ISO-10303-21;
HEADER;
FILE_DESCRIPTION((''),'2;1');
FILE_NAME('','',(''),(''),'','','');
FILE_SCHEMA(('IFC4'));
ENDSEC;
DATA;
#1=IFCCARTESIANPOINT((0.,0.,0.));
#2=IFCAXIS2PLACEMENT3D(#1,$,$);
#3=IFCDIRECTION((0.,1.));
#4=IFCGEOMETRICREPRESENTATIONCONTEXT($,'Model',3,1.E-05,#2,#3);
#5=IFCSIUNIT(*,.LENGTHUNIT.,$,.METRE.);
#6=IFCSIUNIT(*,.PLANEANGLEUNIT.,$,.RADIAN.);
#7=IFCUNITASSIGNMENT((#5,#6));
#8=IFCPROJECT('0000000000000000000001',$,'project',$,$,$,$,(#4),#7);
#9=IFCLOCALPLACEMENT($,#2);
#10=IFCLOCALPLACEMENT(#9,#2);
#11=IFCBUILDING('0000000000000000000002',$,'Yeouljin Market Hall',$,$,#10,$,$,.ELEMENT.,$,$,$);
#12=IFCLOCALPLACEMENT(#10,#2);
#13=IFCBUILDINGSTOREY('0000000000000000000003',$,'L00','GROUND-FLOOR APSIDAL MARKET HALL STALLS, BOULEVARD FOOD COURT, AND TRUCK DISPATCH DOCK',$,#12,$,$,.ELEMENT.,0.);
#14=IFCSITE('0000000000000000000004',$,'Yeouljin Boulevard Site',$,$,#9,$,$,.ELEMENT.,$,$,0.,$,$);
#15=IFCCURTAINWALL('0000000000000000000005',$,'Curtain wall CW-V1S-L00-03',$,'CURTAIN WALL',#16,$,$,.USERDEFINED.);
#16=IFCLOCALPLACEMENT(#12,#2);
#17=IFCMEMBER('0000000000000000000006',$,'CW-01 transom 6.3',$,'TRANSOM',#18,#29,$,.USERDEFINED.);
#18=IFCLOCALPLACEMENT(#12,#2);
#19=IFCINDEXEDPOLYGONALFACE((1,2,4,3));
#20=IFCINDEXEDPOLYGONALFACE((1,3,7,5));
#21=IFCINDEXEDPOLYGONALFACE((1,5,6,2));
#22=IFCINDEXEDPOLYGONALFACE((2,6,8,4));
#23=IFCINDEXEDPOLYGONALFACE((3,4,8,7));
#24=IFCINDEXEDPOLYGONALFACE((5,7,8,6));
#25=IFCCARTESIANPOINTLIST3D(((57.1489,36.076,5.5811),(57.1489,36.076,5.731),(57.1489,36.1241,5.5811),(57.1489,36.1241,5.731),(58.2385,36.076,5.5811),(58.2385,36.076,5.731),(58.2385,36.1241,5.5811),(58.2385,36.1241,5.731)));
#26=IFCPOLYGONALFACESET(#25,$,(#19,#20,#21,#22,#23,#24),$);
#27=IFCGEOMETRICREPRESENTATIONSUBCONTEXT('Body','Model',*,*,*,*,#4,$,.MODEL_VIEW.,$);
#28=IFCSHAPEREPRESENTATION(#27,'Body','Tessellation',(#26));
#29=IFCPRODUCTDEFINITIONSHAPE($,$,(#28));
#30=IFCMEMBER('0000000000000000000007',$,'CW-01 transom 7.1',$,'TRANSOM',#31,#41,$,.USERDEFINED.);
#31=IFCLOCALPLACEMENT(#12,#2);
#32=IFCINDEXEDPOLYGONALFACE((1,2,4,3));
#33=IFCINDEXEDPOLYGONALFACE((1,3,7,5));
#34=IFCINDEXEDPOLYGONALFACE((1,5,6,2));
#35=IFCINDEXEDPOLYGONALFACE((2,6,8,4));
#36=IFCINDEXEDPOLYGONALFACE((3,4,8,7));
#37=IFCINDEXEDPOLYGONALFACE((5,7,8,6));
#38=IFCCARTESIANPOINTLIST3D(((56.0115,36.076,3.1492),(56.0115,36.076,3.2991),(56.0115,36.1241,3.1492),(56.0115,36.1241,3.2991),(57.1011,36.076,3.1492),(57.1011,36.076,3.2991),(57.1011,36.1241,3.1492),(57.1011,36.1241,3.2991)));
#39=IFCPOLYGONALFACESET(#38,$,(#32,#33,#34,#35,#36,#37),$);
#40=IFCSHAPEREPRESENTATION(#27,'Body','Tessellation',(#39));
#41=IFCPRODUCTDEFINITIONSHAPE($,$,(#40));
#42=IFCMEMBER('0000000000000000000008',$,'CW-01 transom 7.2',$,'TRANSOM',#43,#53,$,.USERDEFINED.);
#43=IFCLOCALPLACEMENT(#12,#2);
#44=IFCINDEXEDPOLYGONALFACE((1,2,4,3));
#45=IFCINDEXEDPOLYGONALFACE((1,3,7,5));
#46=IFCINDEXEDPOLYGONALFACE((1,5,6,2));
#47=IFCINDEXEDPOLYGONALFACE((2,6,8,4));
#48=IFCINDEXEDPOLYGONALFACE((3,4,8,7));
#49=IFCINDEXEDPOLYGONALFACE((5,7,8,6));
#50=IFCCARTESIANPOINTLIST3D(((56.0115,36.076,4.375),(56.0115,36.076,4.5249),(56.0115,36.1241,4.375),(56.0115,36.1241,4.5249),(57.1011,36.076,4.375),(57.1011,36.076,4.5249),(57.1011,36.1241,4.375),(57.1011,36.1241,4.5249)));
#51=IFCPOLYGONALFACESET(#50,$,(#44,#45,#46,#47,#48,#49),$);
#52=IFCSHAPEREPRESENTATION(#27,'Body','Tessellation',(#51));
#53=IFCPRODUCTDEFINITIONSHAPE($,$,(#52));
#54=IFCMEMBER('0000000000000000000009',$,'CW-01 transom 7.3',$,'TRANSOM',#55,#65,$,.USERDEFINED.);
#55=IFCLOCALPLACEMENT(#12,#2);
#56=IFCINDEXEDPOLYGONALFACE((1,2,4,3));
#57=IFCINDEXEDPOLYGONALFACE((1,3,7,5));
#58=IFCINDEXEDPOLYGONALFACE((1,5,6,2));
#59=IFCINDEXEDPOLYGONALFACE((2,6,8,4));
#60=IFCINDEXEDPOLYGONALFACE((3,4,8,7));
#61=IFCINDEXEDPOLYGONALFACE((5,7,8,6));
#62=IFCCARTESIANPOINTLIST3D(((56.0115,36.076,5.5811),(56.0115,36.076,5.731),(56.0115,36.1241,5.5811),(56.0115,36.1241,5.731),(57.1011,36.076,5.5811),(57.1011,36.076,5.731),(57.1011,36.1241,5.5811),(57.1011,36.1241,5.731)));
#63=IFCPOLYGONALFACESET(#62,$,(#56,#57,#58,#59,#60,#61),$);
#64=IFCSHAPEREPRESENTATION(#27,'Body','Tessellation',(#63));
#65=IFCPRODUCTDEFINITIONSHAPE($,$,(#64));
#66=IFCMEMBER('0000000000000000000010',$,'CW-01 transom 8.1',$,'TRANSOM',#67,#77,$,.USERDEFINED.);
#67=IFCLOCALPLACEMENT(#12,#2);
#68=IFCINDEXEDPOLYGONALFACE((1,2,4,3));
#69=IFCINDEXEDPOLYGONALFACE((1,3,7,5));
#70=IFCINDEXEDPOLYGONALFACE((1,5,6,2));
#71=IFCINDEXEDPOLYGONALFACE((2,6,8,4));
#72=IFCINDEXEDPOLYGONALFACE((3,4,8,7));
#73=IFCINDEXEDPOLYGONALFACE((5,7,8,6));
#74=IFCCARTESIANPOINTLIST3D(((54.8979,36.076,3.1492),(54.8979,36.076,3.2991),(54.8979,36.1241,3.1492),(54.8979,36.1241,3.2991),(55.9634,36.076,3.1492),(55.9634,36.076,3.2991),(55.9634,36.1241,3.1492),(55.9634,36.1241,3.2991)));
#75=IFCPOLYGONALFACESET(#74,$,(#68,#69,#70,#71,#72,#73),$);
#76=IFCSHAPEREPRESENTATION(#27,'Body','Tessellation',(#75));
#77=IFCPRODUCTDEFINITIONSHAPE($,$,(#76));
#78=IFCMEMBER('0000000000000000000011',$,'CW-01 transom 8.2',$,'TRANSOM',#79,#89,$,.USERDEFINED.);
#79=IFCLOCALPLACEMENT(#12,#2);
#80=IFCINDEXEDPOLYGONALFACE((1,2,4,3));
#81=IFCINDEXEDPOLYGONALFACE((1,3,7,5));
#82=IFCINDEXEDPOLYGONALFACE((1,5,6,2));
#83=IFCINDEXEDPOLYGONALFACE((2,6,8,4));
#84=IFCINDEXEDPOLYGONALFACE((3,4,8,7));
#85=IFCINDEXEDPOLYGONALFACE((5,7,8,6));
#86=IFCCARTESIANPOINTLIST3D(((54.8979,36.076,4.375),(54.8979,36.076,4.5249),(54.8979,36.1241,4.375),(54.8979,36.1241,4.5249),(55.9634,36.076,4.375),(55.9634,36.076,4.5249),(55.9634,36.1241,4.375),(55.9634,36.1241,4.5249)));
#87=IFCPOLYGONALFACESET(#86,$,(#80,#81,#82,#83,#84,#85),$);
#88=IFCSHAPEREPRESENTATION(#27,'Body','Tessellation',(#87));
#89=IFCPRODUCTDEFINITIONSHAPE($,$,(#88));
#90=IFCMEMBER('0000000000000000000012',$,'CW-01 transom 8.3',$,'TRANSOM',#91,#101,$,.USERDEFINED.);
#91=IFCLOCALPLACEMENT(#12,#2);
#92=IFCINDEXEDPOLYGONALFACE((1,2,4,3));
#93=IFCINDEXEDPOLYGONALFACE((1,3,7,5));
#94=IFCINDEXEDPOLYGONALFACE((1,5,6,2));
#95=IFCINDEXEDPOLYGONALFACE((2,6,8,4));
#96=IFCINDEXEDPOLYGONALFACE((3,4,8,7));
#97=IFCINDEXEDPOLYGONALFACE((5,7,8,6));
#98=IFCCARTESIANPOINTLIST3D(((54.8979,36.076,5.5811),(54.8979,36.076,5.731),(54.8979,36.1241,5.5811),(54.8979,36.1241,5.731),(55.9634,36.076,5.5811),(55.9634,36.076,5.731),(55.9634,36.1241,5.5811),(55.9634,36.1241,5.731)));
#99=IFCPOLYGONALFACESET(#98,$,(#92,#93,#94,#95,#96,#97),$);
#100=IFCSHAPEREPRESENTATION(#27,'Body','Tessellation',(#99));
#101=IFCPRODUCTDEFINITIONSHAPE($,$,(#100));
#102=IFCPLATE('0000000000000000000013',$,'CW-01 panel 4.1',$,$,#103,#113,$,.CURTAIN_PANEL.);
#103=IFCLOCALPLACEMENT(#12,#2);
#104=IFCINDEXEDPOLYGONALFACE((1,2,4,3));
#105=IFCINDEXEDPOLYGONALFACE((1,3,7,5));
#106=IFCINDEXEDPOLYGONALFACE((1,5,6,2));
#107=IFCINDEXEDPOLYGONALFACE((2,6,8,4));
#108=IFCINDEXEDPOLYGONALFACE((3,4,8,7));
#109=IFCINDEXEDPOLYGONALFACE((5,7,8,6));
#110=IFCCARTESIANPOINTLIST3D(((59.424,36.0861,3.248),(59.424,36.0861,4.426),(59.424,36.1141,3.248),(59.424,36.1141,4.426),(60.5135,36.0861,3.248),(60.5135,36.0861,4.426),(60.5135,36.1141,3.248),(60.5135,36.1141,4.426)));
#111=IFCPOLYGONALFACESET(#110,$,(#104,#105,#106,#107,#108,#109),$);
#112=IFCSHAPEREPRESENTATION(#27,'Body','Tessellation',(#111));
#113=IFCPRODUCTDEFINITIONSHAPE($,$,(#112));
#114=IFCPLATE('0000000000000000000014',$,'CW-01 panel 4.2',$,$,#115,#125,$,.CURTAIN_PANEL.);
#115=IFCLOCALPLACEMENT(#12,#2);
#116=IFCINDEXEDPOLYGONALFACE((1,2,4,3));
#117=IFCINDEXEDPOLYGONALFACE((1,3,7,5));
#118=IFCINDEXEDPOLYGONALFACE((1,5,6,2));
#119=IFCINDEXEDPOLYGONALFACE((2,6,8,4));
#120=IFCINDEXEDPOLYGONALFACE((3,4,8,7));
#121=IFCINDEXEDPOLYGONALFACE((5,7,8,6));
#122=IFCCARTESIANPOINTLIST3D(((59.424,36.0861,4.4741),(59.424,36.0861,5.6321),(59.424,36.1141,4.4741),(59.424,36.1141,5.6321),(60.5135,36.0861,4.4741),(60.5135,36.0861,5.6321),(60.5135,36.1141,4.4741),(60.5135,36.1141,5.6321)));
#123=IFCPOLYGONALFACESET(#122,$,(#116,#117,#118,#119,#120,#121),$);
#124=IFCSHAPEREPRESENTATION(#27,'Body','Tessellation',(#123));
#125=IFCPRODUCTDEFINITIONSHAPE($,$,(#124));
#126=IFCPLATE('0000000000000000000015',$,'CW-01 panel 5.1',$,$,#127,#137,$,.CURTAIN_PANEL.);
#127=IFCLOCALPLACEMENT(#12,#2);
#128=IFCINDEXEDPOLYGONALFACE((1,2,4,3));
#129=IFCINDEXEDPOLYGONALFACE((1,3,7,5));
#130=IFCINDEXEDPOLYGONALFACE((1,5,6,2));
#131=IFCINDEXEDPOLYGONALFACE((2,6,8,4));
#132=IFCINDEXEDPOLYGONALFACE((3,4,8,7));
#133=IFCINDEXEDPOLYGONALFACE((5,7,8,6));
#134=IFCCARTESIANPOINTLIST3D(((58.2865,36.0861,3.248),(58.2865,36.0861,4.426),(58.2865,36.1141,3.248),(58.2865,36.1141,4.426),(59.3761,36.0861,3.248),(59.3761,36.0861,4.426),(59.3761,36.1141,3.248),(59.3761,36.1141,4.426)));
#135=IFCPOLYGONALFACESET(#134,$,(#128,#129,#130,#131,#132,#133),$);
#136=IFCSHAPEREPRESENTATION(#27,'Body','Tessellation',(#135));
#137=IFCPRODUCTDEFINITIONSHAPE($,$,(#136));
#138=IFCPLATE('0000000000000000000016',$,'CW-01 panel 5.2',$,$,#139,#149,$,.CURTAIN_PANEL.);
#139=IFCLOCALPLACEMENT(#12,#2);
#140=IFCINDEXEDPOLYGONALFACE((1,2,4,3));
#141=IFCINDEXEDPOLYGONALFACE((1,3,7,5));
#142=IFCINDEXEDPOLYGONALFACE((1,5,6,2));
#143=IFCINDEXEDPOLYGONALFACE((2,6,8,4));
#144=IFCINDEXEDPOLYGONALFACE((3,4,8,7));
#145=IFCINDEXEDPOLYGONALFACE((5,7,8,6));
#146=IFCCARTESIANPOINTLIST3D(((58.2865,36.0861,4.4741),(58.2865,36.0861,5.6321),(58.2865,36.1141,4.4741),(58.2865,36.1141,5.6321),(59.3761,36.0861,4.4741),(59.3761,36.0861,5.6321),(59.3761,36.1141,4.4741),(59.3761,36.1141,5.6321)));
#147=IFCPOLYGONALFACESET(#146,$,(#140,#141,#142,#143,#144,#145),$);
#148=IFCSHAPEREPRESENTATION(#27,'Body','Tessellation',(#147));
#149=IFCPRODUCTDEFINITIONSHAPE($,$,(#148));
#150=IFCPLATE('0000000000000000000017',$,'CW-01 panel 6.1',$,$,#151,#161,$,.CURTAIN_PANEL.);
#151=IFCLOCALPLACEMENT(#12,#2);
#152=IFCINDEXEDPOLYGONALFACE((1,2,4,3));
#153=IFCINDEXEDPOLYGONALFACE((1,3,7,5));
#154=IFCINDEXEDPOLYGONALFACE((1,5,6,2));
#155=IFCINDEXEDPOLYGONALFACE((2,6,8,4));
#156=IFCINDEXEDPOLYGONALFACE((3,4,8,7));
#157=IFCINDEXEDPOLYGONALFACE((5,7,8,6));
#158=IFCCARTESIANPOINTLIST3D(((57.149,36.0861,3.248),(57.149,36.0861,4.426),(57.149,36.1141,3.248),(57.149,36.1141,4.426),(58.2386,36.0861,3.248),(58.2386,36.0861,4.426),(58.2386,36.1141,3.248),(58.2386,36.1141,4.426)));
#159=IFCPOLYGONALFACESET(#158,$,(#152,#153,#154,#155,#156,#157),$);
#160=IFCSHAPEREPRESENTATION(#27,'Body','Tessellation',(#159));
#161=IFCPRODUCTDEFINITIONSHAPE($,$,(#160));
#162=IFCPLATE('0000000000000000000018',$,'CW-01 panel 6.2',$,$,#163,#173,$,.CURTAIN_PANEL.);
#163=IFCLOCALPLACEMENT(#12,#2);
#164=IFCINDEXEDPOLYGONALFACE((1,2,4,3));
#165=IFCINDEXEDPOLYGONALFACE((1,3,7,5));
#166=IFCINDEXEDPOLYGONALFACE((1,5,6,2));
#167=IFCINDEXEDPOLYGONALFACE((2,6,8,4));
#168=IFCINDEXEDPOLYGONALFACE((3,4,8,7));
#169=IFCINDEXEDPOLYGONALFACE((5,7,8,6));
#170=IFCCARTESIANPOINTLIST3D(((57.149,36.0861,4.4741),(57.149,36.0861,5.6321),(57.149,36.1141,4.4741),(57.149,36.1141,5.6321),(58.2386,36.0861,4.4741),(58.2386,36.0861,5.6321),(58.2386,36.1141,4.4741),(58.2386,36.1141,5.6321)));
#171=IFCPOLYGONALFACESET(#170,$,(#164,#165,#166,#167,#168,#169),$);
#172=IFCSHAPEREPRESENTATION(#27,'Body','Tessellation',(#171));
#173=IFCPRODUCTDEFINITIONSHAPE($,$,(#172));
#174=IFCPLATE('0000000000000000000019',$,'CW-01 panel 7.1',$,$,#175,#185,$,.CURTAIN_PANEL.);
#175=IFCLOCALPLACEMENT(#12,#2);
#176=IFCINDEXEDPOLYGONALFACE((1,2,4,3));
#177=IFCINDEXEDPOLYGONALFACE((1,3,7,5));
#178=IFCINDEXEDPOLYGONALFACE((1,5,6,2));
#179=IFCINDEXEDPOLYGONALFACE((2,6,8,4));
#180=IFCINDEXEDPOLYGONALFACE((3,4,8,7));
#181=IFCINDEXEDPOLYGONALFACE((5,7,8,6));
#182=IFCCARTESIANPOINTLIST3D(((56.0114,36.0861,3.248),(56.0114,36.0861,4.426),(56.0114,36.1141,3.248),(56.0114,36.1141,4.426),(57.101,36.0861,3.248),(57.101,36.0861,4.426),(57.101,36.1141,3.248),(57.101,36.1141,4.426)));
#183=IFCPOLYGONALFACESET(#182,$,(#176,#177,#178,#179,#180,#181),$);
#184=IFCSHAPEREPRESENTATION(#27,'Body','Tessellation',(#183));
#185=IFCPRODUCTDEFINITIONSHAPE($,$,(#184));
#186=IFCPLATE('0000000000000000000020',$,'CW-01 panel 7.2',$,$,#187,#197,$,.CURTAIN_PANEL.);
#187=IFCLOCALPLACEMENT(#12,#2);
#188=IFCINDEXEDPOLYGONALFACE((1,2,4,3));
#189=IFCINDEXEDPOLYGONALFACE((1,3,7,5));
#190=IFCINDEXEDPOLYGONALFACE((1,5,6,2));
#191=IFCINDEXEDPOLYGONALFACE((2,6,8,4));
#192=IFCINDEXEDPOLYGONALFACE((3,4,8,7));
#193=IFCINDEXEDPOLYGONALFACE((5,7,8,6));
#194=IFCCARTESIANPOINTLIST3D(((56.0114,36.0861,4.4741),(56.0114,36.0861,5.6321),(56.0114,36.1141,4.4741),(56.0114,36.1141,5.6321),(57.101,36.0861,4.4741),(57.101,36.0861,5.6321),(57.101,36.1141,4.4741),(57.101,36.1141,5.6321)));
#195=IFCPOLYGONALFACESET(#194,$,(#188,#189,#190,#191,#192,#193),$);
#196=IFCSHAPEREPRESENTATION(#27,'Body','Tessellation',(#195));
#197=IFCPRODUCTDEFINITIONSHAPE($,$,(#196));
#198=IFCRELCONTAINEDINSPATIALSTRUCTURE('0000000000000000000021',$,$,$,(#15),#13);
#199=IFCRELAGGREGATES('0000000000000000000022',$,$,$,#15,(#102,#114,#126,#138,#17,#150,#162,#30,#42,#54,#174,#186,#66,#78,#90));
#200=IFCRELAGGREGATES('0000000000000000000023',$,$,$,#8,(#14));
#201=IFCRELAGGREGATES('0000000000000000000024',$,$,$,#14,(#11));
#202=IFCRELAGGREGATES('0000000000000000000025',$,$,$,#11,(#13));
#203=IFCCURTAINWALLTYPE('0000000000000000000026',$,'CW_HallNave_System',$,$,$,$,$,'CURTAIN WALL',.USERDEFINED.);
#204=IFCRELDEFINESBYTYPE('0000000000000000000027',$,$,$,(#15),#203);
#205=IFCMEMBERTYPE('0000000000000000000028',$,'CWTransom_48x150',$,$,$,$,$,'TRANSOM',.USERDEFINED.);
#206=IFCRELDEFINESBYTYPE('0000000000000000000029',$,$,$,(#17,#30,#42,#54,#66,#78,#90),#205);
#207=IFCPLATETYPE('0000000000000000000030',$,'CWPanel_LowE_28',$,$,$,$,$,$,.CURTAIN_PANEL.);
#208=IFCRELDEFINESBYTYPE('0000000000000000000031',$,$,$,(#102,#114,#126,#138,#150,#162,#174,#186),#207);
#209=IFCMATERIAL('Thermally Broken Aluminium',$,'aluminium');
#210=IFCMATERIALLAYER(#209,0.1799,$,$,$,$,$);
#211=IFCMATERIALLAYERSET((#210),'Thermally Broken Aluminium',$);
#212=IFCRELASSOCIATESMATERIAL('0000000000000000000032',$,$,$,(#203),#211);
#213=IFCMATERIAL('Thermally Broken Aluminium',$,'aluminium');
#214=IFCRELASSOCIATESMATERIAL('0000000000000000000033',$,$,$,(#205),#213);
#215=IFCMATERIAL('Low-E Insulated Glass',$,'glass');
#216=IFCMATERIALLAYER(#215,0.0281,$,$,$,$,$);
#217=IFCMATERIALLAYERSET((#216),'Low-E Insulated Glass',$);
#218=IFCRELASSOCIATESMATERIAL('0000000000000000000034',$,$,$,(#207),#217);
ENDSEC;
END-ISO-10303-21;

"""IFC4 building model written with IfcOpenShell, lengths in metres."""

from ifc_helpers import new_model, si_unit, direction, frame, origin, origin_2d, place, context, subcontext, project, spatial, rectangle, extrude, material, layer, layer_set, material_profile, profile_set, type_object, element, aggregate, save


model = new_model("IFC4")

# Units and contexts
model_context = context("Model", 3, precision=1e-05, world=origin(), true_north=direction((0.0, 1.0)))
body_context = subcontext(model_context, "Body", "Model", "MODEL_VIEW")
ifc_project = project(units=[si_unit("LENGTHUNIT", "METRE"), si_unit("PLANEANGLEUNIT", "RADIAN")], contexts=[model_context])

# Site, building, storey
site_placement = place(None, origin())
site = spatial("IfcSite", under=ifc_project, at=site_placement, Name="Yeouljin Boulevard Site", CompositionType="ELEMENT", RefElevation=0.0)
building_placement = place(site_placement, origin())
building = spatial("IfcBuilding", under=site, at=building_placement, Name="Yeouljin Market Hall", CompositionType="ELEMENT")
storey_placement = place(building_placement, origin())
storey = spatial("IfcBuildingStorey", under=building, at=storey_placement, Name="L00", Description="GROUND-FLOOR APSIDAL MARKET HALL STALLS, BOULEVARD FOOD COURT, AND TRUCK DISPATCH DOCK", CompositionType="ELEMENT", Elevation=0.0)

# Shared definitions
ifc_material_1 = material(Name="Thermally Broken Aluminium", Category="aluminium")
ifc_layer_1 = layer(ifc_material_1, 0.1799)
ifc_layer_set_1 = layer_set([ifc_layer_1], Name="Thermally Broken Aluminium")
curtain_wall_type = type_object("IfcCurtainWallType", Name="CW_HallNave_System", ElementType="CURTAIN WALL", PredefinedType="USERDEFINED", material=ifc_layer_set_1)

# Curtain wall
curtain_wall_1_placement = place(storey_placement, origin())
curtain_wall_1 = element("IfcCurtainWall", 1, at=curtain_wall_1_placement, inside=storey, type_object=curtain_wall_type, Name="Curtain wall CW-V1S-L00-03", ObjectType="CURTAIN WALL", PredefinedType="USERDEFINED")

# Members
ifc_material_2 = material(Name="Thermally Broken Aluminium", Category="aluminium")
ifc_material_profile_1 = material_profile(ifc_material_2, rectangle(XDim=0.0481, YDim=0.1499, at=origin_2d()), Name="CW-TRAN-48x150")
ifc_profile_set_1 = profile_set([ifc_material_profile_1], Name="Thermally Broken Aluminium")
member_type_1 = type_object("IfcMemberType", Name="CWTransom_48x150", ElementType="TRANSOM", PredefinedType="USERDEFINED", material=ifc_profile_set_1)
member_1_placement = place(storey_placement, frame((58.2385, 36.1001, 5.656), z_axis=(-1.0, 0.0, 0.0), x_axis=(0.0, -1.0, 0.0)))
member_1 = element("IfcMember", 2, at=member_1_placement, type_object=member_type_1, Name="CW-01 transom 6.3", ObjectType="TRANSOM", PredefinedType="USERDEFINED", context=body_context, shape_type="SweptSolid", body=[
    extrude(rectangle(XDim=0.0481, YDim=0.1499, at=origin_2d()), origin(), (0.0, 0.0, 1.0), 1.0896),
])
member_2_placement = place(storey_placement, frame((57.1011, 36.1001, 3.2241), z_axis=(-1.0, 0.0, 0.0), x_axis=(0.0, -1.0, 0.0)))
member_2 = element("IfcMember", 3, at=member_2_placement, type_object=member_type_1, Name="CW-01 transom 7.1", ObjectType="TRANSOM", PredefinedType="USERDEFINED", context=body_context, shape_type="SweptSolid", body=[
    extrude(rectangle(XDim=0.0481, YDim=0.1499, at=origin_2d()), origin(), (0.0, 0.0, 1.0), 1.0896),
])
member_3_placement = place(storey_placement, frame((57.1011, 36.1001, 4.45), z_axis=(-1.0, 0.0, 0.0), x_axis=(0.0, -1.0, 0.0)))
member_3 = element("IfcMember", 4, at=member_3_placement, type_object=member_type_1, Name="CW-01 transom 7.2", ObjectType="TRANSOM", PredefinedType="USERDEFINED", context=body_context, shape_type="SweptSolid", body=[
    extrude(rectangle(XDim=0.0481, YDim=0.1499, at=origin_2d()), origin(), (0.0, 0.0, 1.0), 1.0896),
])
member_4_placement = place(storey_placement, frame((57.1011, 36.1001, 5.656), z_axis=(-1.0, 0.0, 0.0), x_axis=(0.0, -1.0, 0.0)))
member_4 = element("IfcMember", 5, at=member_4_placement, type_object=member_type_1, Name="CW-01 transom 7.3", ObjectType="TRANSOM", PredefinedType="USERDEFINED", context=body_context, shape_type="SweptSolid", body=[
    extrude(rectangle(XDim=0.0481, YDim=0.1499, at=origin_2d()), origin(), (0.0, 0.0, 1.0), 1.0896),
])
member_5_placement = place(storey_placement, frame((55.9634, 36.1001, 3.2241), z_axis=(-1.0, 0.0, 0.0), x_axis=(0.0, -1.0, 0.0)))
member_5 = element("IfcMember", 6, at=member_5_placement, type_object=member_type_1, Name="CW-01 transom 8.1", ObjectType="TRANSOM", PredefinedType="USERDEFINED", context=body_context, shape_type="SweptSolid", body=[
    extrude(rectangle(XDim=0.0481, YDim=0.1499, at=origin_2d()), origin(), (0.0, 0.0, 1.0), 1.0654),
])
member_6_placement = place(storey_placement, frame((55.9634, 36.1001, 4.45), z_axis=(-1.0, 0.0, 0.0), x_axis=(0.0, -1.0, 0.0)))
member_6 = element("IfcMember", 7, at=member_6_placement, type_object=member_type_1, Name="CW-01 transom 8.2", ObjectType="TRANSOM", PredefinedType="USERDEFINED", context=body_context, shape_type="SweptSolid", body=[
    extrude(rectangle(XDim=0.0481, YDim=0.1499, at=origin_2d()), origin(), (0.0, 0.0, 1.0), 1.0654),
])
member_7_placement = place(storey_placement, frame((55.9634, 36.1001, 5.656), z_axis=(-1.0, 0.0, 0.0), x_axis=(0.0, -1.0, 0.0)))
member_7 = element("IfcMember", 8, at=member_7_placement, type_object=member_type_1, Name="CW-01 transom 8.3", ObjectType="TRANSOM", PredefinedType="USERDEFINED", context=body_context, shape_type="SweptSolid", body=[
    extrude(rectangle(XDim=0.0481, YDim=0.1499, at=origin_2d()), origin(), (0.0, 0.0, 1.0), 1.0654),
])

# Plates
ifc_material_3 = material(Name="Low-E Insulated Glass", Category="glass")
ifc_layer_2 = layer(ifc_material_3, 0.0281)
ifc_layer_set_2 = layer_set([ifc_layer_2], Name="Low-E Insulated Glass")
plate_type = type_object("IfcPlateType", Name="CWPanel_LowE_28", PredefinedType="CURTAIN_PANEL", material=ifc_layer_set_2)
plate_1_placement = place(storey_placement, frame((59.9688, 36.1001, 3.248), z_axis=(0.0, 0.0, 1.0), x_axis=(-1.0, 0.0, 0.0)))
plate_1 = element("IfcPlate", 9, at=plate_1_placement, type_object=plate_type, Name="CW-01 panel 4.1", PredefinedType="CURTAIN_PANEL", context=body_context, shape_type="SweptSolid", body=[
    extrude(rectangle(XDim=1.0896, YDim=0.0281, at=origin_2d()), origin(), (0.0, 0.0, 1.0), 1.178),
])
plate_2_placement = place(storey_placement, frame((59.9688, 36.1001, 4.4741), z_axis=(0.0, 0.0, 1.0), x_axis=(-1.0, 0.0, 0.0)))
plate_2 = element("IfcPlate", 10, at=plate_2_placement, type_object=plate_type, Name="CW-01 panel 4.2", PredefinedType="CURTAIN_PANEL", context=body_context, shape_type="SweptSolid", body=[
    extrude(rectangle(XDim=1.0896, YDim=0.0281, at=origin_2d()), origin(), (0.0, 0.0, 1.0), 1.158),
])
plate_3_placement = place(storey_placement, frame((58.8313, 36.1001, 3.248), z_axis=(0.0, 0.0, 1.0), x_axis=(-1.0, 0.0, 0.0)))
plate_3 = element("IfcPlate", 11, at=plate_3_placement, type_object=plate_type, Name="CW-01 panel 5.1", PredefinedType="CURTAIN_PANEL", context=body_context, shape_type="SweptSolid", body=[
    extrude(rectangle(XDim=1.0896, YDim=0.0281, at=origin_2d()), origin(), (0.0, 0.0, 1.0), 1.178),
])
plate_4_placement = place(storey_placement, frame((58.8313, 36.1001, 4.4741), z_axis=(0.0, 0.0, 1.0), x_axis=(-1.0, 0.0, 0.0)))
plate_4 = element("IfcPlate", 12, at=plate_4_placement, type_object=plate_type, Name="CW-01 panel 5.2", PredefinedType="CURTAIN_PANEL", context=body_context, shape_type="SweptSolid", body=[
    extrude(rectangle(XDim=1.0896, YDim=0.0281, at=origin_2d()), origin(), (0.0, 0.0, 1.0), 1.158),
])
plate_5_placement = place(storey_placement, frame((57.6938, 36.1001, 3.248), z_axis=(0.0, 0.0, 1.0), x_axis=(-1.0, 0.0, 0.0)))
plate_5 = element("IfcPlate", 13, at=plate_5_placement, type_object=plate_type, Name="CW-01 panel 6.1", PredefinedType="CURTAIN_PANEL", context=body_context, shape_type="SweptSolid", body=[
    extrude(rectangle(XDim=1.0896, YDim=0.0281, at=origin_2d()), origin(), (0.0, 0.0, 1.0), 1.178),
])
plate_6_placement = place(storey_placement, frame((57.6938, 36.1001, 4.4741), z_axis=(0.0, 0.0, 1.0), x_axis=(-1.0, 0.0, 0.0)))
plate_6 = element("IfcPlate", 14, at=plate_6_placement, type_object=plate_type, Name="CW-01 panel 6.2", PredefinedType="CURTAIN_PANEL", context=body_context, shape_type="SweptSolid", body=[
    extrude(rectangle(XDim=1.0896, YDim=0.0281, at=origin_2d()), origin(), (0.0, 0.0, 1.0), 1.158),
])
plate_7_placement = place(storey_placement, frame((56.5562, 36.1001, 3.248), z_axis=(0.0, 0.0, 1.0), x_axis=(-1.0, 0.0, 0.0)))
plate_7 = element("IfcPlate", 15, at=plate_7_placement, type_object=plate_type, Name="CW-01 panel 7.1", PredefinedType="CURTAIN_PANEL", context=body_context, shape_type="SweptSolid", body=[
    extrude(rectangle(XDim=1.0896, YDim=0.0281, at=origin_2d()), origin(), (0.0, 0.0, 1.0), 1.178),
])
plate_8_placement = place(storey_placement, frame((56.5562, 36.1001, 4.4741), z_axis=(0.0, 0.0, 1.0), x_axis=(-1.0, 0.0, 0.0)))
plate_8 = element("IfcPlate", 16, at=plate_8_placement, type_object=plate_type, Name="CW-01 panel 7.2", PredefinedType="CURTAIN_PANEL", context=body_context, shape_type="SweptSolid", body=[
    extrude(rectangle(XDim=1.0896, YDim=0.0281, at=origin_2d()), origin(), (0.0, 0.0, 1.0), 1.158),
])
aggregate(curtain_wall_1, [plate_1, plate_2, plate_3, plate_4, member_1, plate_5, plate_6, member_2, member_3, member_4, plate_7, plate_8, member_5, member_6, member_7])

save(model, "model.ifc")
